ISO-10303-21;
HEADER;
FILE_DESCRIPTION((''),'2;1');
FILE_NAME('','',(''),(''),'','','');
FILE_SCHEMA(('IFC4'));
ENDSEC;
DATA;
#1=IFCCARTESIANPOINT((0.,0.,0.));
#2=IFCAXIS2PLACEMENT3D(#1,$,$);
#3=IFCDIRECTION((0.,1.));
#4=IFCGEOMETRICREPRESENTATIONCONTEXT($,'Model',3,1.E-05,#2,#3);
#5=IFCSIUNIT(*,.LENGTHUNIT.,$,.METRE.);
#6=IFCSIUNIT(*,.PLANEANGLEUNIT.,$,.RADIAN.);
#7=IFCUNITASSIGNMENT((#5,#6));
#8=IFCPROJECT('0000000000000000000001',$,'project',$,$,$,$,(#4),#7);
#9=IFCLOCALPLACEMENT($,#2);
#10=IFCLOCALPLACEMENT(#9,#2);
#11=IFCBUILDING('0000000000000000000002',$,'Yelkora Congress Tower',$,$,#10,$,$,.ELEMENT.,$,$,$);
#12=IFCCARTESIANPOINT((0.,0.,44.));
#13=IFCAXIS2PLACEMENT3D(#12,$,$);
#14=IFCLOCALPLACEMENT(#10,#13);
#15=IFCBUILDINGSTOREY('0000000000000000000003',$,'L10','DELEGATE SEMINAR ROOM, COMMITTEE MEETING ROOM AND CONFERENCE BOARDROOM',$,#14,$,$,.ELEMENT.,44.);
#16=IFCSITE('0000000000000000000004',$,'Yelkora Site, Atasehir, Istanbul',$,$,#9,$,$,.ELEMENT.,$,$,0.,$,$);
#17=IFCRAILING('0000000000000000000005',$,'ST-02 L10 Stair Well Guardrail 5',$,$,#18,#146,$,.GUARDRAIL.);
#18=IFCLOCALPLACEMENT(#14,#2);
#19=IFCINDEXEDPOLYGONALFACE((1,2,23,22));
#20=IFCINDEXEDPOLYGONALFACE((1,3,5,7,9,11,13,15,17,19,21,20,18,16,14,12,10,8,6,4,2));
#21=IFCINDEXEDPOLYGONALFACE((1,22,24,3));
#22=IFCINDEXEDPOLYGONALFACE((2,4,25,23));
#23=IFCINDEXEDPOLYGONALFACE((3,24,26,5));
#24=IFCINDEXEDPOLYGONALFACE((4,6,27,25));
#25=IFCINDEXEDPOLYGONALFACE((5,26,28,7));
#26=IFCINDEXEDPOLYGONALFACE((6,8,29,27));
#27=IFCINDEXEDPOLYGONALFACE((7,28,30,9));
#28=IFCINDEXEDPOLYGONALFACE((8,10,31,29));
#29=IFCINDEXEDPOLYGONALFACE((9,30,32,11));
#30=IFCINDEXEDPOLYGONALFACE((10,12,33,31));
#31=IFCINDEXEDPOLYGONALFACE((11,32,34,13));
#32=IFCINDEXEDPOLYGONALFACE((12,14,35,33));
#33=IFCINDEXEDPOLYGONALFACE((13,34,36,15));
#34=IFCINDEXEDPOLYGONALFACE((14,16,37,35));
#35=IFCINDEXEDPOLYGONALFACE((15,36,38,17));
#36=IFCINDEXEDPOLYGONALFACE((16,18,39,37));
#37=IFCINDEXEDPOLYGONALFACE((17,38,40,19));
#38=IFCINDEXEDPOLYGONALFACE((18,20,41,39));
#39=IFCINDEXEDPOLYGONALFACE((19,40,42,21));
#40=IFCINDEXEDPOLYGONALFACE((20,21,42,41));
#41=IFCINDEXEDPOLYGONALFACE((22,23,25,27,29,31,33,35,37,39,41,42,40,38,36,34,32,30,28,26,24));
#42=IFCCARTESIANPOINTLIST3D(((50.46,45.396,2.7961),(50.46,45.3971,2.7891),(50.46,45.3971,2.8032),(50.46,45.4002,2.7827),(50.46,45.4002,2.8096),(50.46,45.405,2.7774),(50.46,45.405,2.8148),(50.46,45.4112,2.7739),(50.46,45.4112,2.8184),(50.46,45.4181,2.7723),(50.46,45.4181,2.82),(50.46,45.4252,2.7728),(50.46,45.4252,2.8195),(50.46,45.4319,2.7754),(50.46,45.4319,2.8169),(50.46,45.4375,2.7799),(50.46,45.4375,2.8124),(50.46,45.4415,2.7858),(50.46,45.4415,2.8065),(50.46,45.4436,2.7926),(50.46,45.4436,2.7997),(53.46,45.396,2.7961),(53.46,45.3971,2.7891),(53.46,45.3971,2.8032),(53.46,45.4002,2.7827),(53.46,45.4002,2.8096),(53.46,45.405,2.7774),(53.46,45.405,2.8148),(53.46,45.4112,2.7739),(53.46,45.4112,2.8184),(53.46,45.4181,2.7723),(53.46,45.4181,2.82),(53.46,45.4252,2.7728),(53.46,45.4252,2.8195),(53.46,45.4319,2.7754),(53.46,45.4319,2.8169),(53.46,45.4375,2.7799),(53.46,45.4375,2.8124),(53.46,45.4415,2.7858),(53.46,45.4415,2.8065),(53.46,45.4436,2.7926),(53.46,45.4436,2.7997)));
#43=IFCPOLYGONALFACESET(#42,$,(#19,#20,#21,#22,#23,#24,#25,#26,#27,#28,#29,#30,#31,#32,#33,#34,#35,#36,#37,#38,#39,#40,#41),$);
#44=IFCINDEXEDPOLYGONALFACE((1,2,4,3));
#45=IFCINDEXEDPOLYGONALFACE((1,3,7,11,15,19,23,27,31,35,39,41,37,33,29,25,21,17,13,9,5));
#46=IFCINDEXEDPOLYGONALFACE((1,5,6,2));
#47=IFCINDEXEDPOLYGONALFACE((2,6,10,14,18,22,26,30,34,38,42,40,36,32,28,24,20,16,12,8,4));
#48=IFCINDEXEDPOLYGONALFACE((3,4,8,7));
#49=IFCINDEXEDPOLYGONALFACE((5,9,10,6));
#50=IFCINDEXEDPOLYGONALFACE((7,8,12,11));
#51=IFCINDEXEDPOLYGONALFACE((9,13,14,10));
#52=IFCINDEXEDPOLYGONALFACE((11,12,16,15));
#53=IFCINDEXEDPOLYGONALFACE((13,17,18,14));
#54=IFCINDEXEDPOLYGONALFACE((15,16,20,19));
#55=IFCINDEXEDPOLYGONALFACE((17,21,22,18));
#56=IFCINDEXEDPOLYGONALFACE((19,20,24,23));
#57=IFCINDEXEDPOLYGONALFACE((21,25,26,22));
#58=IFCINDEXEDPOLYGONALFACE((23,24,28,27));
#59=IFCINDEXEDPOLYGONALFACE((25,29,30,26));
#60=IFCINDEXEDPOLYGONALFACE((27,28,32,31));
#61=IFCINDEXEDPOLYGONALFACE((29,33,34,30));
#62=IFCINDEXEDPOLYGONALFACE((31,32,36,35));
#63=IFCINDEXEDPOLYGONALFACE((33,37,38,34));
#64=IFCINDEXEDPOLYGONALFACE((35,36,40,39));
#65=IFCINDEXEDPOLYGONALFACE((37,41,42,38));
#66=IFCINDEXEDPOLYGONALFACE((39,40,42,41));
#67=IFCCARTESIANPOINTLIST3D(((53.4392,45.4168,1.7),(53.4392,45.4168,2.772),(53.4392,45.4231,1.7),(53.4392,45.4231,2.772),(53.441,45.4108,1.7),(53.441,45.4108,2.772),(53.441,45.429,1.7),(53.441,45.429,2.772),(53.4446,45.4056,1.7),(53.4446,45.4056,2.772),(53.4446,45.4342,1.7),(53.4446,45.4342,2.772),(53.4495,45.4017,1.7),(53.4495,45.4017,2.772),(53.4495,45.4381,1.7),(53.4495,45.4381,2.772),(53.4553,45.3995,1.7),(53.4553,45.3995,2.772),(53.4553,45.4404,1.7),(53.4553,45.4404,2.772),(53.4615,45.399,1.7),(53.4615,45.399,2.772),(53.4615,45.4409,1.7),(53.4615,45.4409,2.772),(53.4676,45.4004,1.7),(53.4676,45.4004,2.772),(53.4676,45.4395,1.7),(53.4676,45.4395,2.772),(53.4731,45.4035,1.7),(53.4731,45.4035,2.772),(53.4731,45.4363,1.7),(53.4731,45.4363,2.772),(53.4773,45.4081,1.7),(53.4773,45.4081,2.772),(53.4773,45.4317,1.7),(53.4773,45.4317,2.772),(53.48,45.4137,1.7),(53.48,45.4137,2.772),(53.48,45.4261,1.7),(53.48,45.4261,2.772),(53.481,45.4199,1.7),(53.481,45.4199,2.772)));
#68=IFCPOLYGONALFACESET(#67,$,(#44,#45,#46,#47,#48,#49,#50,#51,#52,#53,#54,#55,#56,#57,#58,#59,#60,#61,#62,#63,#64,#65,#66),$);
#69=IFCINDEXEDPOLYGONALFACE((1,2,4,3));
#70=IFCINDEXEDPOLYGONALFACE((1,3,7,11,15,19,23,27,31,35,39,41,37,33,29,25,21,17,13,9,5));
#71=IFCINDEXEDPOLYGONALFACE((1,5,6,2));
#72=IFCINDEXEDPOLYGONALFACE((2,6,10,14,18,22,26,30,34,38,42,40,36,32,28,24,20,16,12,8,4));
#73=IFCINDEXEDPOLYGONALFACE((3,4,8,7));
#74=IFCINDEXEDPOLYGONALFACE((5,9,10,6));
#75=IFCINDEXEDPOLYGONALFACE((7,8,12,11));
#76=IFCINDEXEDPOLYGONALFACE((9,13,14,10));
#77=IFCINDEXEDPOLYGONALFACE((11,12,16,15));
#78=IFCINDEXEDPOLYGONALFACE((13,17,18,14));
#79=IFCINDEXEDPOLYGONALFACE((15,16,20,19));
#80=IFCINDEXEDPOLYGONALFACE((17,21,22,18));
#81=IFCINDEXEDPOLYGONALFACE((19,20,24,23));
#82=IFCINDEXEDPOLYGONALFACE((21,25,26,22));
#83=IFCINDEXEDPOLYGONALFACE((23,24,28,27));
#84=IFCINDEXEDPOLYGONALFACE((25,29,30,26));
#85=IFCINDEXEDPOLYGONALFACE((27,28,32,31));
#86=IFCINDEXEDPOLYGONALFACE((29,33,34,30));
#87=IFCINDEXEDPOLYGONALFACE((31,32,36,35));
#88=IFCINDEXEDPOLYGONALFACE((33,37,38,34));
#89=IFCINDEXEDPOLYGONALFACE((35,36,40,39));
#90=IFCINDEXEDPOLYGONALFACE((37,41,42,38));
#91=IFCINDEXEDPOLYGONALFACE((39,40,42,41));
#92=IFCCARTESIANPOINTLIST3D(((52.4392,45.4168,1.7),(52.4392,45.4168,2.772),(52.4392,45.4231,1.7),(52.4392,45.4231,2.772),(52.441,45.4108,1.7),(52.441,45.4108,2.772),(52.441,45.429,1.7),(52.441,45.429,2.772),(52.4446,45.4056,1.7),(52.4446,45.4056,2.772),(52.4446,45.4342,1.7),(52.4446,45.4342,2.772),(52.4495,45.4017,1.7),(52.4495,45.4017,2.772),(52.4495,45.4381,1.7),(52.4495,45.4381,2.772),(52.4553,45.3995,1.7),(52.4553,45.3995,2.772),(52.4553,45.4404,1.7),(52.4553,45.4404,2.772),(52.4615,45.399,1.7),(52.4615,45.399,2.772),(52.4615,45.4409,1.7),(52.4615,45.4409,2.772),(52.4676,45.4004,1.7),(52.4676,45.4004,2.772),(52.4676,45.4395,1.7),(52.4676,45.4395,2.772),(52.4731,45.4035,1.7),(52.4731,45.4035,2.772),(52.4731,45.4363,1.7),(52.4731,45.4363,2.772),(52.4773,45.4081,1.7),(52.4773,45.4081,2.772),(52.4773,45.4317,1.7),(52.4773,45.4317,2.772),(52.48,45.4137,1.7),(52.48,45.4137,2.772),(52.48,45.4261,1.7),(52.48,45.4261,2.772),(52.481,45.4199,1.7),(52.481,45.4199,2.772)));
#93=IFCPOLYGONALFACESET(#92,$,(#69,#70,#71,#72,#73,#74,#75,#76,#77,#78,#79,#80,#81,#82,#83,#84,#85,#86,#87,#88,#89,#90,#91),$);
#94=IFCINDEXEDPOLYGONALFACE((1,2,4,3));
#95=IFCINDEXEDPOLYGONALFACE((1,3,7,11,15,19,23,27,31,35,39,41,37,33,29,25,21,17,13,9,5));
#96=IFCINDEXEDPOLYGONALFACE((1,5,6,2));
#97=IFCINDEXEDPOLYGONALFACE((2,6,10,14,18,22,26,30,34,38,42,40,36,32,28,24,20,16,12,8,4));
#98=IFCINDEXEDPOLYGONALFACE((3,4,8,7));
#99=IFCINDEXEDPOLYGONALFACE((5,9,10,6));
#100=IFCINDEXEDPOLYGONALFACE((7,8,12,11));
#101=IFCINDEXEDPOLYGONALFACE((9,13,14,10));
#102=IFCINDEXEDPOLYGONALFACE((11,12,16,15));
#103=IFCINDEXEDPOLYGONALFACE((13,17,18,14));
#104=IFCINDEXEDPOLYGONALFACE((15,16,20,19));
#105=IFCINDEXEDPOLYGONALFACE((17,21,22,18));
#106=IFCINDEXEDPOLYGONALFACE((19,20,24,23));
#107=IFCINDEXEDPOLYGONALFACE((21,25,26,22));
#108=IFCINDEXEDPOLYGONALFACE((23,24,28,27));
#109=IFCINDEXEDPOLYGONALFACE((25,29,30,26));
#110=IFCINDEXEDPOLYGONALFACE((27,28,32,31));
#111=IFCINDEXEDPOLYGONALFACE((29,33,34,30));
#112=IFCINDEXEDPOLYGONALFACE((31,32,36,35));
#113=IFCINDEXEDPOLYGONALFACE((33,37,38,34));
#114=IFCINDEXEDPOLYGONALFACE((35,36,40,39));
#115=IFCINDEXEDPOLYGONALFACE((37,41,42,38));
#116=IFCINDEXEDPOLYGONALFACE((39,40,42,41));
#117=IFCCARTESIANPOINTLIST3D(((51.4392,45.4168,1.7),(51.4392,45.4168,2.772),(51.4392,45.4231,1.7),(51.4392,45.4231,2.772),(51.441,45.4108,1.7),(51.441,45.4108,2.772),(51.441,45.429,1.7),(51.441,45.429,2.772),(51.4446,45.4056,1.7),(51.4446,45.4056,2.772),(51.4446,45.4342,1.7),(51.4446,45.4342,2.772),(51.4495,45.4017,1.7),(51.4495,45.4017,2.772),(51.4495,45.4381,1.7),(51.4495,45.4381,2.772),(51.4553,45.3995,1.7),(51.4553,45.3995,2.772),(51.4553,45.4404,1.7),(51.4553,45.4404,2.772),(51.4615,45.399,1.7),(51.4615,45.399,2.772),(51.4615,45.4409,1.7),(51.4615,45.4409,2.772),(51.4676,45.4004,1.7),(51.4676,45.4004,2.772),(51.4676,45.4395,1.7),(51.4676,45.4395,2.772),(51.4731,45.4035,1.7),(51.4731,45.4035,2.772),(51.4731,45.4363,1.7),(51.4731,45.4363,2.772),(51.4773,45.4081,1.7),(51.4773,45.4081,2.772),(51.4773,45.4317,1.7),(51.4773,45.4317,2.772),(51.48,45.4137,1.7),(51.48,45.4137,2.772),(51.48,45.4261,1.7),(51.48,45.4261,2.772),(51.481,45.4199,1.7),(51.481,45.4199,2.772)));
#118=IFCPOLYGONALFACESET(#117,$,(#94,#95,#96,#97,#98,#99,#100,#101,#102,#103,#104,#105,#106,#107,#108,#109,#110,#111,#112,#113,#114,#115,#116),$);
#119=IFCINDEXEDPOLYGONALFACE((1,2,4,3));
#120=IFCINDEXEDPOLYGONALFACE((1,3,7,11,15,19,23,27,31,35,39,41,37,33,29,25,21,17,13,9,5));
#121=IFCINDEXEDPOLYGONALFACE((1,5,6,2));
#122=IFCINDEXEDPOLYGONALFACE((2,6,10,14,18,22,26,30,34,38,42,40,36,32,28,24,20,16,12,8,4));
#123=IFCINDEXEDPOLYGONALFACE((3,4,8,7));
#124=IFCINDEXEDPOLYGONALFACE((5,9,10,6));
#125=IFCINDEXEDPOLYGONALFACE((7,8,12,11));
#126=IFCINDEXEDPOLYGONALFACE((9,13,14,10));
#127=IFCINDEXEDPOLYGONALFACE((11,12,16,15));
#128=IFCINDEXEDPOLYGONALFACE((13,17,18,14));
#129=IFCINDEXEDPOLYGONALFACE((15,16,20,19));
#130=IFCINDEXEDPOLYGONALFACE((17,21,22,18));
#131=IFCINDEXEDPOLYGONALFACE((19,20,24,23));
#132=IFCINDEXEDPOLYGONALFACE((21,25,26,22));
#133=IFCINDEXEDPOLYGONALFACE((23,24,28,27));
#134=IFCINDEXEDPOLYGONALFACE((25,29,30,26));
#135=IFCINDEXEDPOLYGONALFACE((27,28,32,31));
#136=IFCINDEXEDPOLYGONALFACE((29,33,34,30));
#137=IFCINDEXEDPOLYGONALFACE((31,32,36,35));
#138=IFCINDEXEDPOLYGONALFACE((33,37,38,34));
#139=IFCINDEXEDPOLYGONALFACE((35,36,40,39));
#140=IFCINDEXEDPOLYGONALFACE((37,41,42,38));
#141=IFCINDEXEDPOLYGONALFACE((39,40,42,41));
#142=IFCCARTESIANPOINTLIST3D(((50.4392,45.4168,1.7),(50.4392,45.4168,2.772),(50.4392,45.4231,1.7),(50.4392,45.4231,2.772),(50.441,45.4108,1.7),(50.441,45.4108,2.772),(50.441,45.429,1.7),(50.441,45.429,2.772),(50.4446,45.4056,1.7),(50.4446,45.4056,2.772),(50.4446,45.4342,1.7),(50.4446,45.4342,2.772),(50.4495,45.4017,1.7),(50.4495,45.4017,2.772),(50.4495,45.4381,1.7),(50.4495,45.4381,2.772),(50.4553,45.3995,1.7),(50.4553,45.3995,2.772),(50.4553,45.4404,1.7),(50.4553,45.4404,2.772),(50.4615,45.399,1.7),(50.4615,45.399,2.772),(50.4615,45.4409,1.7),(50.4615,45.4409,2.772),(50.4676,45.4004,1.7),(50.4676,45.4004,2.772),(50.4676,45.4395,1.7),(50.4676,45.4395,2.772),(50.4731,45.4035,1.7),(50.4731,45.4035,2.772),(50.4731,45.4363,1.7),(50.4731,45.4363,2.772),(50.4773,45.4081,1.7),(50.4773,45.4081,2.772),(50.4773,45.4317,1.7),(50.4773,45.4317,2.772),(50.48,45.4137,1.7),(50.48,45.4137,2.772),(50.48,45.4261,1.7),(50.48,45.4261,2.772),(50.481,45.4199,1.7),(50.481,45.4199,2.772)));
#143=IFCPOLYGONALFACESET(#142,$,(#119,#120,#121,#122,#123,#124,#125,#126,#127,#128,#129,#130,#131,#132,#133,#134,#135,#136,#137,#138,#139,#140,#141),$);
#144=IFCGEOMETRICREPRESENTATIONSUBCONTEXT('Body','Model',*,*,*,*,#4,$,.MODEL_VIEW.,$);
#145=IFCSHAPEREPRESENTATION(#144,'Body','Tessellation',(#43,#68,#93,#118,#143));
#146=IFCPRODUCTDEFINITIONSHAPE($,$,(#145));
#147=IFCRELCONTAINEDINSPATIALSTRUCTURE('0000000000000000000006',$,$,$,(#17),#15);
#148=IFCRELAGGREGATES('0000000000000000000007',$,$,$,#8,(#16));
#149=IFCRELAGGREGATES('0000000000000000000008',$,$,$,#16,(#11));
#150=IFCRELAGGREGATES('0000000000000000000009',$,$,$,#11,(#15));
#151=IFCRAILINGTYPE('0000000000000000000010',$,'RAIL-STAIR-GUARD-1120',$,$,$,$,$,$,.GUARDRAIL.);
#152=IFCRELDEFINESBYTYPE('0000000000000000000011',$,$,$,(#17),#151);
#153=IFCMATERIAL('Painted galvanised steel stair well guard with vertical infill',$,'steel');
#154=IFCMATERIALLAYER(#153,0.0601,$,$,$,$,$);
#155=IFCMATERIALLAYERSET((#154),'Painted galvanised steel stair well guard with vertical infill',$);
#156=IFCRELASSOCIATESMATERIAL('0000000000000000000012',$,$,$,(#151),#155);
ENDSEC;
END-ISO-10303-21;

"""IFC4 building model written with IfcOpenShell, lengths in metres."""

from ifc_helpers import new_model, si_unit, direction, frame, origin, origin_2d, place, context, subcontext, project, spatial, circle, extrude, material, layer, layer_set, type_object, element, save


model = new_model("IFC4")

# Units and contexts
model_context = context("Model", 3, precision=1e-05, world=origin(), true_north=direction((0.0, 1.0)))
body_context = subcontext(model_context, "Body", "Model", "MODEL_VIEW")
ifc_project = project(units=[si_unit("LENGTHUNIT", "METRE"), si_unit("PLANEANGLEUNIT", "RADIAN")], contexts=[model_context])

# Site, building, storey
site_placement = place(None, origin())
site = spatial("IfcSite", under=ifc_project, at=site_placement, Name="Yelkora Site, Atasehir, Istanbul", CompositionType="ELEMENT", RefElevation=0.0)
building_placement = place(site_placement, origin())
building = spatial("IfcBuilding", under=site, at=building_placement, Name="Yelkora Congress Tower", CompositionType="ELEMENT")
storey_placement = place(building_placement, frame((0.0, 0.0, 44.0)))
storey = spatial("IfcBuildingStorey", under=building, at=storey_placement, Name="L10", Description="DELEGATE SEMINAR ROOM, COMMITTEE MEETING ROOM AND CONFERENCE BOARDROOM", CompositionType="ELEMENT", Elevation=44.0)

# Railing
ifc_material_1 = material(Name="Painted galvanised steel stair well guard with vertical infill", Category="steel")
ifc_layer_1 = layer(ifc_material_1, 0.0601)
ifc_layer_set_1 = layer_set([ifc_layer_1], Name="Painted galvanised steel stair well guard with vertical infill")
railing_type_1 = type_object("IfcRailingType", Name="RAIL-STAIR-GUARD-1120", PredefinedType="GUARDRAIL", material=ifc_layer_set_1)
railing_1_placement = place(storey_placement, frame((53.46, 45.4199, 1.7)))
element("IfcRailing", 1, at=railing_1_placement, inside=storey, type_object=railing_type_1, Name="ST-02 L10 Stair Well Guardrail 5", PredefinedType="GUARDRAIL", context=body_context, shape_type="SweptSolid", body=[
    extrude(circle(Radius=0.0239, at=origin_2d()), frame((0.0, 0.0, 1.0962), z_axis=(-1.0, 0.0, 0.0), x_axis=(0.0, -1.0, 0.0)), (0.0, 0.0, 1.0), 3.0),
    extrude(circle(Radius=0.021, at=origin_2d()), origin(), (0.0, 0.0, 1.0), 1.072),
    extrude(circle(Radius=0.021, at=origin_2d()), frame((-1.0, 0.0, 0.0)), (0.0, 0.0, 1.0), 1.072),
    extrude(circle(Radius=0.021, at=origin_2d()), frame((-2.0, 0.0, 0.0)), (0.0, 0.0, 1.0), 1.072),
    extrude(circle(Radius=0.021, at=origin_2d()), frame((-3.0, 0.0, 0.0)), (0.0, 0.0, 1.0), 1.072),
])

save(model, "model.ifc")
